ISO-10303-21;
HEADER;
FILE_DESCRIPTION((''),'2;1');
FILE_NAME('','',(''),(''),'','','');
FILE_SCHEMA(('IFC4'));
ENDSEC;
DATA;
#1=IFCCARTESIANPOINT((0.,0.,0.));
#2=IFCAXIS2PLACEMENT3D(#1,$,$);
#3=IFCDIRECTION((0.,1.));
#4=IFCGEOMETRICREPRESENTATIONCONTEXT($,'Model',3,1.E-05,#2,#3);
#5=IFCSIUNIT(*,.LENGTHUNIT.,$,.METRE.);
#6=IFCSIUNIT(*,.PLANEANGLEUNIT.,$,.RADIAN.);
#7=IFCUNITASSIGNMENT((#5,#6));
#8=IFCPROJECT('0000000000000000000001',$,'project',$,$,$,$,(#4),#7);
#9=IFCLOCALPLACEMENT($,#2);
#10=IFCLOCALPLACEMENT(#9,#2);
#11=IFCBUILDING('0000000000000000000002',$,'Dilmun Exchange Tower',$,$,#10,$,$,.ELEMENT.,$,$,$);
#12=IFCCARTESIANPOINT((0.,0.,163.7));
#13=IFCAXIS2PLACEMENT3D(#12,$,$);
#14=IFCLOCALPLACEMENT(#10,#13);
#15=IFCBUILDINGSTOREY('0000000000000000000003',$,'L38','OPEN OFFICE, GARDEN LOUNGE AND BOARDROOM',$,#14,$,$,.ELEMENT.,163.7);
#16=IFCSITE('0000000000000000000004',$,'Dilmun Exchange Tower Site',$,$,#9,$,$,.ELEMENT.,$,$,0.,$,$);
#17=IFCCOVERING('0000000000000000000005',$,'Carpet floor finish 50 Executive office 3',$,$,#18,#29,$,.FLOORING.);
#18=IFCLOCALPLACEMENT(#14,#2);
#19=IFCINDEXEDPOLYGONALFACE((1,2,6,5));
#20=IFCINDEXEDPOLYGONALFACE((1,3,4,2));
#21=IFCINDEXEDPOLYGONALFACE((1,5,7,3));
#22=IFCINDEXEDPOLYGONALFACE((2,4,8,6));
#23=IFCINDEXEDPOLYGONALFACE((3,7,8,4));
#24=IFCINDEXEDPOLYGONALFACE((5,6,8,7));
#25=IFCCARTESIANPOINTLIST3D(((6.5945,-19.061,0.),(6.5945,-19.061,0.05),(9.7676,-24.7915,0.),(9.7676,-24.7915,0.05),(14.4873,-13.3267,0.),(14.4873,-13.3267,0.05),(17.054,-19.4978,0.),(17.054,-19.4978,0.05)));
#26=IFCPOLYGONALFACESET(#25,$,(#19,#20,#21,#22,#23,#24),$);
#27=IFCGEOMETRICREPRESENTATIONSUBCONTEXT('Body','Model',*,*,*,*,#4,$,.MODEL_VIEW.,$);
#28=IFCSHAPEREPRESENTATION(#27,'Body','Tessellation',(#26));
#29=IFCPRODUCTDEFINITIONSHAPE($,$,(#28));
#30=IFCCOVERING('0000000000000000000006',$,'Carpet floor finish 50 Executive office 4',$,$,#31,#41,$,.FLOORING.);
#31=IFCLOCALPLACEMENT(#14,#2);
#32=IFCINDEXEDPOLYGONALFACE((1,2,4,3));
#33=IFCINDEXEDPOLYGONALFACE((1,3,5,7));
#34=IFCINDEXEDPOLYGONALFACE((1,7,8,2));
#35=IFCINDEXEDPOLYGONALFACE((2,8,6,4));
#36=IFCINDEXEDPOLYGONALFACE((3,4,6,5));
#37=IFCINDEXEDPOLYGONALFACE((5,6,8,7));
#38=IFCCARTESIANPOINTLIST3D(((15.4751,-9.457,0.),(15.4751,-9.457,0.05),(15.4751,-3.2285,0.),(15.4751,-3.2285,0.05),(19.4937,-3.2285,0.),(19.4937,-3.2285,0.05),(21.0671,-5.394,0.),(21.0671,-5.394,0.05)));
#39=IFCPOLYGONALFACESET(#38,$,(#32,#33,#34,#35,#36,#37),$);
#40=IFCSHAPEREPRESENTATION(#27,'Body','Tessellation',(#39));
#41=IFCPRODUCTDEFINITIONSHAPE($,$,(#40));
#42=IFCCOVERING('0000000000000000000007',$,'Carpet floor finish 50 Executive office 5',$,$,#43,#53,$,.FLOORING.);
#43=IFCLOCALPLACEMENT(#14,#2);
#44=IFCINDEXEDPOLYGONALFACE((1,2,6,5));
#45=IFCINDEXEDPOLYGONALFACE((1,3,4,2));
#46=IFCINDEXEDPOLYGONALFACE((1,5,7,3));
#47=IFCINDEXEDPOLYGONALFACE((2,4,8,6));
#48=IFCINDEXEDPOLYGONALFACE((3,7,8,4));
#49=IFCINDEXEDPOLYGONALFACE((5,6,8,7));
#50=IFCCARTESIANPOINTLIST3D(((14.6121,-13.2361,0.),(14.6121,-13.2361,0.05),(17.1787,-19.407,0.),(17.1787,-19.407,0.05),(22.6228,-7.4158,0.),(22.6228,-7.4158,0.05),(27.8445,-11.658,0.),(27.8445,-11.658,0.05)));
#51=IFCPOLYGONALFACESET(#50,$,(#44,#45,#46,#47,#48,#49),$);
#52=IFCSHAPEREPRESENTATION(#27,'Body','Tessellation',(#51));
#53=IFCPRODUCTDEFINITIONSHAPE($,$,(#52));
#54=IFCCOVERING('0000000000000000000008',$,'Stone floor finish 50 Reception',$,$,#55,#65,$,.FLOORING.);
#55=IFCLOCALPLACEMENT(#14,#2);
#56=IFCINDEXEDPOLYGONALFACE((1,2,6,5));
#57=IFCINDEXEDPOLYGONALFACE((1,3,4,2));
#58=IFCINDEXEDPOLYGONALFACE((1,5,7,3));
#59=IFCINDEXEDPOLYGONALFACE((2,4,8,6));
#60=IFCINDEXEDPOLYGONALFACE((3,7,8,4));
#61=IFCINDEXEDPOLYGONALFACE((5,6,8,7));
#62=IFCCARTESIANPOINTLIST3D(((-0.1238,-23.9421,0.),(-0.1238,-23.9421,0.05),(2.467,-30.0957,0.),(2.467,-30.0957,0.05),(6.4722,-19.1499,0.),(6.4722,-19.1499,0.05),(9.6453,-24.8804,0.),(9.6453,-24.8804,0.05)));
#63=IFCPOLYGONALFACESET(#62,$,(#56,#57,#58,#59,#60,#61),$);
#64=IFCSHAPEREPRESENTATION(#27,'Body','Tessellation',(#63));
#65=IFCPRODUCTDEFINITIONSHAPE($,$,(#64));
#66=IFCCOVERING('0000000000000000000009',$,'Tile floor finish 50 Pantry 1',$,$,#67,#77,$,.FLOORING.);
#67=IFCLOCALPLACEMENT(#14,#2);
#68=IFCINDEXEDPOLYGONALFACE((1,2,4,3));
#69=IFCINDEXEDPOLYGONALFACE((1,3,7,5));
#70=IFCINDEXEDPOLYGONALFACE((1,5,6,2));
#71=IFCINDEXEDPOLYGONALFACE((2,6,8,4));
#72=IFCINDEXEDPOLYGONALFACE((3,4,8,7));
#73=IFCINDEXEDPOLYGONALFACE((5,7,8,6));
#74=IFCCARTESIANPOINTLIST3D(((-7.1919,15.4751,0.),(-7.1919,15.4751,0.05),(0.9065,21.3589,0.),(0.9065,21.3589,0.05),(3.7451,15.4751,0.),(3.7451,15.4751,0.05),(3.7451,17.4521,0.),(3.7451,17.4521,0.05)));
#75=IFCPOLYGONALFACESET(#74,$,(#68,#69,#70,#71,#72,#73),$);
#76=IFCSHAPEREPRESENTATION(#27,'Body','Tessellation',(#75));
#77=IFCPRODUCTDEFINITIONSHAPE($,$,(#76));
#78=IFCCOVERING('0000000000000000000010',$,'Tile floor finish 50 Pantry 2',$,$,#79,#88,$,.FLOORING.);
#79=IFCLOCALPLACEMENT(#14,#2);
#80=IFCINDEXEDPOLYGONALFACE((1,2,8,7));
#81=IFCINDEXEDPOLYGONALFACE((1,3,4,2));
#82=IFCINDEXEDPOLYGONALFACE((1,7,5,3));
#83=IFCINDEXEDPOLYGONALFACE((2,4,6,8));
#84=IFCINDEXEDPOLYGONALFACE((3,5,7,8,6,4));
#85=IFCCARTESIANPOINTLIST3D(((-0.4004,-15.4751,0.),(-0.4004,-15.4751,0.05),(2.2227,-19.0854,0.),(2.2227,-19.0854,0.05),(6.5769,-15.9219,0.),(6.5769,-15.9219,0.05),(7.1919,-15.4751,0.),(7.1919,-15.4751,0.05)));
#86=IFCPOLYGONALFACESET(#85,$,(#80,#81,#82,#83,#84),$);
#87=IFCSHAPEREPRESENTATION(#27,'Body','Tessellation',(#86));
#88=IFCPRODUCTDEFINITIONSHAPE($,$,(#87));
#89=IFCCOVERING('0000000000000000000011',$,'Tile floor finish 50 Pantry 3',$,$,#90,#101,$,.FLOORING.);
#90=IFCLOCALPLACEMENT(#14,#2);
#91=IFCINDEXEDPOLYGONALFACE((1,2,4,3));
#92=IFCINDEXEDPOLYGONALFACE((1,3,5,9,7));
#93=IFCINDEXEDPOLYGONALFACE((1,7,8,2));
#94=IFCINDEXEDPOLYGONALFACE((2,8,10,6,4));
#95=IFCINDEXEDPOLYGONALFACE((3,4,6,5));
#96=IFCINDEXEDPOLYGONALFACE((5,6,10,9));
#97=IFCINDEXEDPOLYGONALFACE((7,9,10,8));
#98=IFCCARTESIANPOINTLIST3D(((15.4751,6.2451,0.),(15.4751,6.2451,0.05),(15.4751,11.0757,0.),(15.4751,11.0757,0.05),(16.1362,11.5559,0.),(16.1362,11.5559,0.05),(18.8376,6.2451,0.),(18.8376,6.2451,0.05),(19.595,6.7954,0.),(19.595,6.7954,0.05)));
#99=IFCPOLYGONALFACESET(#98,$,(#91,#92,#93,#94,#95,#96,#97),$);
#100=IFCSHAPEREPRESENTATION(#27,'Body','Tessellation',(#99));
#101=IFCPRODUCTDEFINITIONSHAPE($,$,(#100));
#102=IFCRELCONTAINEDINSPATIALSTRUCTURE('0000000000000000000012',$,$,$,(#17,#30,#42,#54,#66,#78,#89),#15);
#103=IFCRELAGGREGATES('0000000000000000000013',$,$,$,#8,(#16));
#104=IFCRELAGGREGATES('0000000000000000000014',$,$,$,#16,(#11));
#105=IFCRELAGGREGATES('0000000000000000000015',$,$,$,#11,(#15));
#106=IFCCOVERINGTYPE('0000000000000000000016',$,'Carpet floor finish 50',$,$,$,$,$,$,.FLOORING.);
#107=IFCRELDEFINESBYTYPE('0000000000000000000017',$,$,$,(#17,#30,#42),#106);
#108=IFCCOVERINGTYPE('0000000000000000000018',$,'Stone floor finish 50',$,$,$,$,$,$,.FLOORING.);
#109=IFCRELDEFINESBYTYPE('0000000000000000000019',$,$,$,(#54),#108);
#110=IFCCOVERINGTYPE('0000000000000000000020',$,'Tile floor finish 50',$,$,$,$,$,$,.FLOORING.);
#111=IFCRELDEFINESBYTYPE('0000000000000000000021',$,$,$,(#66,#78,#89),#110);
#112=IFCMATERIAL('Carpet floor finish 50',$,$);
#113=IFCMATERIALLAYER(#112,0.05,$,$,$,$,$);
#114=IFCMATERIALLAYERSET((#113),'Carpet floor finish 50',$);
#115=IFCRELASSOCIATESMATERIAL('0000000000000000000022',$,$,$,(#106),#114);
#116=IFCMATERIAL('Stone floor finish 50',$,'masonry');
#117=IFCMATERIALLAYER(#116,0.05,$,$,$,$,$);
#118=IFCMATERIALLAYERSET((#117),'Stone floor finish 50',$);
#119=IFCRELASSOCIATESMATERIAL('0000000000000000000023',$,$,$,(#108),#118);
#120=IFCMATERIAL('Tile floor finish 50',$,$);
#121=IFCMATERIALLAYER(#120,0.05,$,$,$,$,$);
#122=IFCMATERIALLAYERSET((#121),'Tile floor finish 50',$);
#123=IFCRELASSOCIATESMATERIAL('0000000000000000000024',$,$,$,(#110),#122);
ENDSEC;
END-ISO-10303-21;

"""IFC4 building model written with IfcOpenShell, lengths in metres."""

from ifc_helpers import new_model, si_unit, direction, frame, origin, place, context, subcontext, project, spatial, polyline, outline, extrude, material, layer, layer_set, type_object, element, save


model = new_model("IFC4")

# Units and contexts
model_context = context("Model", 3, precision=1e-05, world=origin(), true_north=direction((0.0, 1.0)))
body_context = subcontext(model_context, "Body", "Model", "MODEL_VIEW")
ifc_project = project(units=[si_unit("LENGTHUNIT", "METRE"), si_unit("PLANEANGLEUNIT", "RADIAN")], contexts=[model_context])

# Site, building, storey
site_placement = place(None, origin())
site = spatial("IfcSite", under=ifc_project, at=site_placement, Name="Dilmun Exchange Tower Site", CompositionType="ELEMENT", RefElevation=0.0)
building_placement = place(site_placement, origin())
building = spatial("IfcBuilding", under=site, at=building_placement, Name="Dilmun Exchange Tower", CompositionType="ELEMENT")
storey_placement = place(building_placement, frame((0.0, 0.0, 163.7)))
storey = spatial("IfcBuildingStorey", under=building, at=storey_placement, Name="L38", Description="OPEN OFFICE, GARDEN LOUNGE AND BOARDROOM", CompositionType="ELEMENT", Elevation=163.7)

# Coverings
ifc_material_1 = material(Name="Carpet floor finish 50")
ifc_layer_1 = layer(ifc_material_1, 0.05)
ifc_layer_set_1 = layer_set([ifc_layer_1], Name="Carpet floor finish 50")
covering_type_1 = type_object("IfcCoveringType", Name="Carpet floor finish 50", PredefinedType="FLOORING", material=ifc_layer_set_1)
covering_1_placement = place(storey_placement, origin())
element("IfcCovering", 1, at=covering_1_placement, inside=storey, type_object=covering_type_1, Name="Carpet floor finish 50 Executive office 3", PredefinedType="FLOORING", context=body_context, shape_type="SweptSolid", body=[
    extrude(outline(polyline([(17.054, -19.4978), (9.7676, -24.7915), (6.5945, -19.061), (14.4873, -13.3267), (17.054, -19.4978)])), origin(), (0.0, 0.0, 1.0), 0.05),
])
covering_2_placement = place(storey_placement, origin())
element("IfcCovering", 2, at=covering_2_placement, inside=storey, type_object=covering_type_1, Name="Carpet floor finish 50 Executive office 4", PredefinedType="FLOORING", context=body_context, shape_type="SweptSolid", body=[
    extrude(outline(polyline([(21.0671, -5.394), (15.4751, -9.457), (15.4751, -3.2285), (19.4937, -3.2285), (21.0671, -5.394)])), origin(), (0.0, 0.0, 1.0), 0.05),
])
covering_3_placement = place(storey_placement, origin())
element("IfcCovering", 3, at=covering_3_placement, inside=storey, type_object=covering_type_1, Name="Carpet floor finish 50 Executive office 5", PredefinedType="FLOORING", context=body_context, shape_type="SweptSolid", body=[
    extrude(outline(polyline([(22.6228, -7.4158), (27.8445, -11.658), (17.1787, -19.407), (14.6121, -13.2361), (22.6228, -7.4158)])), origin(), (0.0, 0.0, 1.0), 0.05),
])
ifc_material_2 = material(Name="Stone floor finish 50", Category="masonry")
ifc_layer_2 = layer(ifc_material_2, 0.05)
ifc_layer_set_2 = layer_set([ifc_layer_2], Name="Stone floor finish 50")
covering_type_2 = type_object("IfcCoveringType", Name="Stone floor finish 50", PredefinedType="FLOORING", material=ifc_layer_set_2)
covering_4_placement = place(storey_placement, origin())
element("IfcCovering", 4, at=covering_4_placement, inside=storey, type_object=covering_type_2, Name="Stone floor finish 50 Reception", PredefinedType="FLOORING", context=body_context, shape_type="SweptSolid", body=[
    extrude(outline(polyline([(6.4722, -19.1499), (9.6453, -24.8804), (2.467, -30.0957), (-0.1238, -23.9421), (6.4722, -19.1499)])), origin(), (0.0, 0.0, 1.0), 0.05),
])
ifc_material_3 = material(Name="Tile floor finish 50")
ifc_layer_3 = layer(ifc_material_3, 0.05)
ifc_layer_set_3 = layer_set([ifc_layer_3], Name="Tile floor finish 50")
covering_type_3 = type_object("IfcCoveringType", Name="Tile floor finish 50", PredefinedType="FLOORING", material=ifc_layer_set_3)
covering_5_placement = place(storey_placement, origin())
element("IfcCovering", 5, at=covering_5_placement, inside=storey, type_object=covering_type_3, Name="Tile floor finish 50 Pantry 1", PredefinedType="FLOORING", context=body_context, shape_type="SweptSolid", body=[
    extrude(outline(polyline([(3.7451, 17.4521), (3.7451, 15.4751), (-7.1919, 15.4751), (0.9065, 21.3589), (3.7451, 17.4521)])), origin(), (0.0, 0.0, 1.0), 0.05),
])
covering_6_placement = place(storey_placement, origin())
element("IfcCovering", 6, at=covering_6_placement, inside=storey, type_object=covering_type_3, Name="Tile floor finish 50 Pantry 2", PredefinedType="FLOORING", context=body_context, shape_type="SweptSolid", body=[
    extrude(outline(polyline([(-0.4004, -15.4751), (7.1919, -15.4751), (6.5769, -15.9219), (2.2227, -19.0854), (-0.4004, -15.4751)])), origin(), (0.0, 0.0, 1.0), 0.05),
])
covering_7_placement = place(storey_placement, origin())
element("IfcCovering", 7, at=covering_7_placement, inside=storey, type_object=covering_type_3, Name="Tile floor finish 50 Pantry 3", PredefinedType="FLOORING", context=body_context, shape_type="SweptSolid", body=[
    extrude(outline(polyline([(16.1362, 11.5559), (19.595, 6.7954), (18.8376, 6.2451), (15.4751, 6.2451), (15.4751, 11.0757), (16.1362, 11.5559)])), origin(), (0.0, 0.0, 1.0), 0.05),
])

save(model, "model.ifc")
